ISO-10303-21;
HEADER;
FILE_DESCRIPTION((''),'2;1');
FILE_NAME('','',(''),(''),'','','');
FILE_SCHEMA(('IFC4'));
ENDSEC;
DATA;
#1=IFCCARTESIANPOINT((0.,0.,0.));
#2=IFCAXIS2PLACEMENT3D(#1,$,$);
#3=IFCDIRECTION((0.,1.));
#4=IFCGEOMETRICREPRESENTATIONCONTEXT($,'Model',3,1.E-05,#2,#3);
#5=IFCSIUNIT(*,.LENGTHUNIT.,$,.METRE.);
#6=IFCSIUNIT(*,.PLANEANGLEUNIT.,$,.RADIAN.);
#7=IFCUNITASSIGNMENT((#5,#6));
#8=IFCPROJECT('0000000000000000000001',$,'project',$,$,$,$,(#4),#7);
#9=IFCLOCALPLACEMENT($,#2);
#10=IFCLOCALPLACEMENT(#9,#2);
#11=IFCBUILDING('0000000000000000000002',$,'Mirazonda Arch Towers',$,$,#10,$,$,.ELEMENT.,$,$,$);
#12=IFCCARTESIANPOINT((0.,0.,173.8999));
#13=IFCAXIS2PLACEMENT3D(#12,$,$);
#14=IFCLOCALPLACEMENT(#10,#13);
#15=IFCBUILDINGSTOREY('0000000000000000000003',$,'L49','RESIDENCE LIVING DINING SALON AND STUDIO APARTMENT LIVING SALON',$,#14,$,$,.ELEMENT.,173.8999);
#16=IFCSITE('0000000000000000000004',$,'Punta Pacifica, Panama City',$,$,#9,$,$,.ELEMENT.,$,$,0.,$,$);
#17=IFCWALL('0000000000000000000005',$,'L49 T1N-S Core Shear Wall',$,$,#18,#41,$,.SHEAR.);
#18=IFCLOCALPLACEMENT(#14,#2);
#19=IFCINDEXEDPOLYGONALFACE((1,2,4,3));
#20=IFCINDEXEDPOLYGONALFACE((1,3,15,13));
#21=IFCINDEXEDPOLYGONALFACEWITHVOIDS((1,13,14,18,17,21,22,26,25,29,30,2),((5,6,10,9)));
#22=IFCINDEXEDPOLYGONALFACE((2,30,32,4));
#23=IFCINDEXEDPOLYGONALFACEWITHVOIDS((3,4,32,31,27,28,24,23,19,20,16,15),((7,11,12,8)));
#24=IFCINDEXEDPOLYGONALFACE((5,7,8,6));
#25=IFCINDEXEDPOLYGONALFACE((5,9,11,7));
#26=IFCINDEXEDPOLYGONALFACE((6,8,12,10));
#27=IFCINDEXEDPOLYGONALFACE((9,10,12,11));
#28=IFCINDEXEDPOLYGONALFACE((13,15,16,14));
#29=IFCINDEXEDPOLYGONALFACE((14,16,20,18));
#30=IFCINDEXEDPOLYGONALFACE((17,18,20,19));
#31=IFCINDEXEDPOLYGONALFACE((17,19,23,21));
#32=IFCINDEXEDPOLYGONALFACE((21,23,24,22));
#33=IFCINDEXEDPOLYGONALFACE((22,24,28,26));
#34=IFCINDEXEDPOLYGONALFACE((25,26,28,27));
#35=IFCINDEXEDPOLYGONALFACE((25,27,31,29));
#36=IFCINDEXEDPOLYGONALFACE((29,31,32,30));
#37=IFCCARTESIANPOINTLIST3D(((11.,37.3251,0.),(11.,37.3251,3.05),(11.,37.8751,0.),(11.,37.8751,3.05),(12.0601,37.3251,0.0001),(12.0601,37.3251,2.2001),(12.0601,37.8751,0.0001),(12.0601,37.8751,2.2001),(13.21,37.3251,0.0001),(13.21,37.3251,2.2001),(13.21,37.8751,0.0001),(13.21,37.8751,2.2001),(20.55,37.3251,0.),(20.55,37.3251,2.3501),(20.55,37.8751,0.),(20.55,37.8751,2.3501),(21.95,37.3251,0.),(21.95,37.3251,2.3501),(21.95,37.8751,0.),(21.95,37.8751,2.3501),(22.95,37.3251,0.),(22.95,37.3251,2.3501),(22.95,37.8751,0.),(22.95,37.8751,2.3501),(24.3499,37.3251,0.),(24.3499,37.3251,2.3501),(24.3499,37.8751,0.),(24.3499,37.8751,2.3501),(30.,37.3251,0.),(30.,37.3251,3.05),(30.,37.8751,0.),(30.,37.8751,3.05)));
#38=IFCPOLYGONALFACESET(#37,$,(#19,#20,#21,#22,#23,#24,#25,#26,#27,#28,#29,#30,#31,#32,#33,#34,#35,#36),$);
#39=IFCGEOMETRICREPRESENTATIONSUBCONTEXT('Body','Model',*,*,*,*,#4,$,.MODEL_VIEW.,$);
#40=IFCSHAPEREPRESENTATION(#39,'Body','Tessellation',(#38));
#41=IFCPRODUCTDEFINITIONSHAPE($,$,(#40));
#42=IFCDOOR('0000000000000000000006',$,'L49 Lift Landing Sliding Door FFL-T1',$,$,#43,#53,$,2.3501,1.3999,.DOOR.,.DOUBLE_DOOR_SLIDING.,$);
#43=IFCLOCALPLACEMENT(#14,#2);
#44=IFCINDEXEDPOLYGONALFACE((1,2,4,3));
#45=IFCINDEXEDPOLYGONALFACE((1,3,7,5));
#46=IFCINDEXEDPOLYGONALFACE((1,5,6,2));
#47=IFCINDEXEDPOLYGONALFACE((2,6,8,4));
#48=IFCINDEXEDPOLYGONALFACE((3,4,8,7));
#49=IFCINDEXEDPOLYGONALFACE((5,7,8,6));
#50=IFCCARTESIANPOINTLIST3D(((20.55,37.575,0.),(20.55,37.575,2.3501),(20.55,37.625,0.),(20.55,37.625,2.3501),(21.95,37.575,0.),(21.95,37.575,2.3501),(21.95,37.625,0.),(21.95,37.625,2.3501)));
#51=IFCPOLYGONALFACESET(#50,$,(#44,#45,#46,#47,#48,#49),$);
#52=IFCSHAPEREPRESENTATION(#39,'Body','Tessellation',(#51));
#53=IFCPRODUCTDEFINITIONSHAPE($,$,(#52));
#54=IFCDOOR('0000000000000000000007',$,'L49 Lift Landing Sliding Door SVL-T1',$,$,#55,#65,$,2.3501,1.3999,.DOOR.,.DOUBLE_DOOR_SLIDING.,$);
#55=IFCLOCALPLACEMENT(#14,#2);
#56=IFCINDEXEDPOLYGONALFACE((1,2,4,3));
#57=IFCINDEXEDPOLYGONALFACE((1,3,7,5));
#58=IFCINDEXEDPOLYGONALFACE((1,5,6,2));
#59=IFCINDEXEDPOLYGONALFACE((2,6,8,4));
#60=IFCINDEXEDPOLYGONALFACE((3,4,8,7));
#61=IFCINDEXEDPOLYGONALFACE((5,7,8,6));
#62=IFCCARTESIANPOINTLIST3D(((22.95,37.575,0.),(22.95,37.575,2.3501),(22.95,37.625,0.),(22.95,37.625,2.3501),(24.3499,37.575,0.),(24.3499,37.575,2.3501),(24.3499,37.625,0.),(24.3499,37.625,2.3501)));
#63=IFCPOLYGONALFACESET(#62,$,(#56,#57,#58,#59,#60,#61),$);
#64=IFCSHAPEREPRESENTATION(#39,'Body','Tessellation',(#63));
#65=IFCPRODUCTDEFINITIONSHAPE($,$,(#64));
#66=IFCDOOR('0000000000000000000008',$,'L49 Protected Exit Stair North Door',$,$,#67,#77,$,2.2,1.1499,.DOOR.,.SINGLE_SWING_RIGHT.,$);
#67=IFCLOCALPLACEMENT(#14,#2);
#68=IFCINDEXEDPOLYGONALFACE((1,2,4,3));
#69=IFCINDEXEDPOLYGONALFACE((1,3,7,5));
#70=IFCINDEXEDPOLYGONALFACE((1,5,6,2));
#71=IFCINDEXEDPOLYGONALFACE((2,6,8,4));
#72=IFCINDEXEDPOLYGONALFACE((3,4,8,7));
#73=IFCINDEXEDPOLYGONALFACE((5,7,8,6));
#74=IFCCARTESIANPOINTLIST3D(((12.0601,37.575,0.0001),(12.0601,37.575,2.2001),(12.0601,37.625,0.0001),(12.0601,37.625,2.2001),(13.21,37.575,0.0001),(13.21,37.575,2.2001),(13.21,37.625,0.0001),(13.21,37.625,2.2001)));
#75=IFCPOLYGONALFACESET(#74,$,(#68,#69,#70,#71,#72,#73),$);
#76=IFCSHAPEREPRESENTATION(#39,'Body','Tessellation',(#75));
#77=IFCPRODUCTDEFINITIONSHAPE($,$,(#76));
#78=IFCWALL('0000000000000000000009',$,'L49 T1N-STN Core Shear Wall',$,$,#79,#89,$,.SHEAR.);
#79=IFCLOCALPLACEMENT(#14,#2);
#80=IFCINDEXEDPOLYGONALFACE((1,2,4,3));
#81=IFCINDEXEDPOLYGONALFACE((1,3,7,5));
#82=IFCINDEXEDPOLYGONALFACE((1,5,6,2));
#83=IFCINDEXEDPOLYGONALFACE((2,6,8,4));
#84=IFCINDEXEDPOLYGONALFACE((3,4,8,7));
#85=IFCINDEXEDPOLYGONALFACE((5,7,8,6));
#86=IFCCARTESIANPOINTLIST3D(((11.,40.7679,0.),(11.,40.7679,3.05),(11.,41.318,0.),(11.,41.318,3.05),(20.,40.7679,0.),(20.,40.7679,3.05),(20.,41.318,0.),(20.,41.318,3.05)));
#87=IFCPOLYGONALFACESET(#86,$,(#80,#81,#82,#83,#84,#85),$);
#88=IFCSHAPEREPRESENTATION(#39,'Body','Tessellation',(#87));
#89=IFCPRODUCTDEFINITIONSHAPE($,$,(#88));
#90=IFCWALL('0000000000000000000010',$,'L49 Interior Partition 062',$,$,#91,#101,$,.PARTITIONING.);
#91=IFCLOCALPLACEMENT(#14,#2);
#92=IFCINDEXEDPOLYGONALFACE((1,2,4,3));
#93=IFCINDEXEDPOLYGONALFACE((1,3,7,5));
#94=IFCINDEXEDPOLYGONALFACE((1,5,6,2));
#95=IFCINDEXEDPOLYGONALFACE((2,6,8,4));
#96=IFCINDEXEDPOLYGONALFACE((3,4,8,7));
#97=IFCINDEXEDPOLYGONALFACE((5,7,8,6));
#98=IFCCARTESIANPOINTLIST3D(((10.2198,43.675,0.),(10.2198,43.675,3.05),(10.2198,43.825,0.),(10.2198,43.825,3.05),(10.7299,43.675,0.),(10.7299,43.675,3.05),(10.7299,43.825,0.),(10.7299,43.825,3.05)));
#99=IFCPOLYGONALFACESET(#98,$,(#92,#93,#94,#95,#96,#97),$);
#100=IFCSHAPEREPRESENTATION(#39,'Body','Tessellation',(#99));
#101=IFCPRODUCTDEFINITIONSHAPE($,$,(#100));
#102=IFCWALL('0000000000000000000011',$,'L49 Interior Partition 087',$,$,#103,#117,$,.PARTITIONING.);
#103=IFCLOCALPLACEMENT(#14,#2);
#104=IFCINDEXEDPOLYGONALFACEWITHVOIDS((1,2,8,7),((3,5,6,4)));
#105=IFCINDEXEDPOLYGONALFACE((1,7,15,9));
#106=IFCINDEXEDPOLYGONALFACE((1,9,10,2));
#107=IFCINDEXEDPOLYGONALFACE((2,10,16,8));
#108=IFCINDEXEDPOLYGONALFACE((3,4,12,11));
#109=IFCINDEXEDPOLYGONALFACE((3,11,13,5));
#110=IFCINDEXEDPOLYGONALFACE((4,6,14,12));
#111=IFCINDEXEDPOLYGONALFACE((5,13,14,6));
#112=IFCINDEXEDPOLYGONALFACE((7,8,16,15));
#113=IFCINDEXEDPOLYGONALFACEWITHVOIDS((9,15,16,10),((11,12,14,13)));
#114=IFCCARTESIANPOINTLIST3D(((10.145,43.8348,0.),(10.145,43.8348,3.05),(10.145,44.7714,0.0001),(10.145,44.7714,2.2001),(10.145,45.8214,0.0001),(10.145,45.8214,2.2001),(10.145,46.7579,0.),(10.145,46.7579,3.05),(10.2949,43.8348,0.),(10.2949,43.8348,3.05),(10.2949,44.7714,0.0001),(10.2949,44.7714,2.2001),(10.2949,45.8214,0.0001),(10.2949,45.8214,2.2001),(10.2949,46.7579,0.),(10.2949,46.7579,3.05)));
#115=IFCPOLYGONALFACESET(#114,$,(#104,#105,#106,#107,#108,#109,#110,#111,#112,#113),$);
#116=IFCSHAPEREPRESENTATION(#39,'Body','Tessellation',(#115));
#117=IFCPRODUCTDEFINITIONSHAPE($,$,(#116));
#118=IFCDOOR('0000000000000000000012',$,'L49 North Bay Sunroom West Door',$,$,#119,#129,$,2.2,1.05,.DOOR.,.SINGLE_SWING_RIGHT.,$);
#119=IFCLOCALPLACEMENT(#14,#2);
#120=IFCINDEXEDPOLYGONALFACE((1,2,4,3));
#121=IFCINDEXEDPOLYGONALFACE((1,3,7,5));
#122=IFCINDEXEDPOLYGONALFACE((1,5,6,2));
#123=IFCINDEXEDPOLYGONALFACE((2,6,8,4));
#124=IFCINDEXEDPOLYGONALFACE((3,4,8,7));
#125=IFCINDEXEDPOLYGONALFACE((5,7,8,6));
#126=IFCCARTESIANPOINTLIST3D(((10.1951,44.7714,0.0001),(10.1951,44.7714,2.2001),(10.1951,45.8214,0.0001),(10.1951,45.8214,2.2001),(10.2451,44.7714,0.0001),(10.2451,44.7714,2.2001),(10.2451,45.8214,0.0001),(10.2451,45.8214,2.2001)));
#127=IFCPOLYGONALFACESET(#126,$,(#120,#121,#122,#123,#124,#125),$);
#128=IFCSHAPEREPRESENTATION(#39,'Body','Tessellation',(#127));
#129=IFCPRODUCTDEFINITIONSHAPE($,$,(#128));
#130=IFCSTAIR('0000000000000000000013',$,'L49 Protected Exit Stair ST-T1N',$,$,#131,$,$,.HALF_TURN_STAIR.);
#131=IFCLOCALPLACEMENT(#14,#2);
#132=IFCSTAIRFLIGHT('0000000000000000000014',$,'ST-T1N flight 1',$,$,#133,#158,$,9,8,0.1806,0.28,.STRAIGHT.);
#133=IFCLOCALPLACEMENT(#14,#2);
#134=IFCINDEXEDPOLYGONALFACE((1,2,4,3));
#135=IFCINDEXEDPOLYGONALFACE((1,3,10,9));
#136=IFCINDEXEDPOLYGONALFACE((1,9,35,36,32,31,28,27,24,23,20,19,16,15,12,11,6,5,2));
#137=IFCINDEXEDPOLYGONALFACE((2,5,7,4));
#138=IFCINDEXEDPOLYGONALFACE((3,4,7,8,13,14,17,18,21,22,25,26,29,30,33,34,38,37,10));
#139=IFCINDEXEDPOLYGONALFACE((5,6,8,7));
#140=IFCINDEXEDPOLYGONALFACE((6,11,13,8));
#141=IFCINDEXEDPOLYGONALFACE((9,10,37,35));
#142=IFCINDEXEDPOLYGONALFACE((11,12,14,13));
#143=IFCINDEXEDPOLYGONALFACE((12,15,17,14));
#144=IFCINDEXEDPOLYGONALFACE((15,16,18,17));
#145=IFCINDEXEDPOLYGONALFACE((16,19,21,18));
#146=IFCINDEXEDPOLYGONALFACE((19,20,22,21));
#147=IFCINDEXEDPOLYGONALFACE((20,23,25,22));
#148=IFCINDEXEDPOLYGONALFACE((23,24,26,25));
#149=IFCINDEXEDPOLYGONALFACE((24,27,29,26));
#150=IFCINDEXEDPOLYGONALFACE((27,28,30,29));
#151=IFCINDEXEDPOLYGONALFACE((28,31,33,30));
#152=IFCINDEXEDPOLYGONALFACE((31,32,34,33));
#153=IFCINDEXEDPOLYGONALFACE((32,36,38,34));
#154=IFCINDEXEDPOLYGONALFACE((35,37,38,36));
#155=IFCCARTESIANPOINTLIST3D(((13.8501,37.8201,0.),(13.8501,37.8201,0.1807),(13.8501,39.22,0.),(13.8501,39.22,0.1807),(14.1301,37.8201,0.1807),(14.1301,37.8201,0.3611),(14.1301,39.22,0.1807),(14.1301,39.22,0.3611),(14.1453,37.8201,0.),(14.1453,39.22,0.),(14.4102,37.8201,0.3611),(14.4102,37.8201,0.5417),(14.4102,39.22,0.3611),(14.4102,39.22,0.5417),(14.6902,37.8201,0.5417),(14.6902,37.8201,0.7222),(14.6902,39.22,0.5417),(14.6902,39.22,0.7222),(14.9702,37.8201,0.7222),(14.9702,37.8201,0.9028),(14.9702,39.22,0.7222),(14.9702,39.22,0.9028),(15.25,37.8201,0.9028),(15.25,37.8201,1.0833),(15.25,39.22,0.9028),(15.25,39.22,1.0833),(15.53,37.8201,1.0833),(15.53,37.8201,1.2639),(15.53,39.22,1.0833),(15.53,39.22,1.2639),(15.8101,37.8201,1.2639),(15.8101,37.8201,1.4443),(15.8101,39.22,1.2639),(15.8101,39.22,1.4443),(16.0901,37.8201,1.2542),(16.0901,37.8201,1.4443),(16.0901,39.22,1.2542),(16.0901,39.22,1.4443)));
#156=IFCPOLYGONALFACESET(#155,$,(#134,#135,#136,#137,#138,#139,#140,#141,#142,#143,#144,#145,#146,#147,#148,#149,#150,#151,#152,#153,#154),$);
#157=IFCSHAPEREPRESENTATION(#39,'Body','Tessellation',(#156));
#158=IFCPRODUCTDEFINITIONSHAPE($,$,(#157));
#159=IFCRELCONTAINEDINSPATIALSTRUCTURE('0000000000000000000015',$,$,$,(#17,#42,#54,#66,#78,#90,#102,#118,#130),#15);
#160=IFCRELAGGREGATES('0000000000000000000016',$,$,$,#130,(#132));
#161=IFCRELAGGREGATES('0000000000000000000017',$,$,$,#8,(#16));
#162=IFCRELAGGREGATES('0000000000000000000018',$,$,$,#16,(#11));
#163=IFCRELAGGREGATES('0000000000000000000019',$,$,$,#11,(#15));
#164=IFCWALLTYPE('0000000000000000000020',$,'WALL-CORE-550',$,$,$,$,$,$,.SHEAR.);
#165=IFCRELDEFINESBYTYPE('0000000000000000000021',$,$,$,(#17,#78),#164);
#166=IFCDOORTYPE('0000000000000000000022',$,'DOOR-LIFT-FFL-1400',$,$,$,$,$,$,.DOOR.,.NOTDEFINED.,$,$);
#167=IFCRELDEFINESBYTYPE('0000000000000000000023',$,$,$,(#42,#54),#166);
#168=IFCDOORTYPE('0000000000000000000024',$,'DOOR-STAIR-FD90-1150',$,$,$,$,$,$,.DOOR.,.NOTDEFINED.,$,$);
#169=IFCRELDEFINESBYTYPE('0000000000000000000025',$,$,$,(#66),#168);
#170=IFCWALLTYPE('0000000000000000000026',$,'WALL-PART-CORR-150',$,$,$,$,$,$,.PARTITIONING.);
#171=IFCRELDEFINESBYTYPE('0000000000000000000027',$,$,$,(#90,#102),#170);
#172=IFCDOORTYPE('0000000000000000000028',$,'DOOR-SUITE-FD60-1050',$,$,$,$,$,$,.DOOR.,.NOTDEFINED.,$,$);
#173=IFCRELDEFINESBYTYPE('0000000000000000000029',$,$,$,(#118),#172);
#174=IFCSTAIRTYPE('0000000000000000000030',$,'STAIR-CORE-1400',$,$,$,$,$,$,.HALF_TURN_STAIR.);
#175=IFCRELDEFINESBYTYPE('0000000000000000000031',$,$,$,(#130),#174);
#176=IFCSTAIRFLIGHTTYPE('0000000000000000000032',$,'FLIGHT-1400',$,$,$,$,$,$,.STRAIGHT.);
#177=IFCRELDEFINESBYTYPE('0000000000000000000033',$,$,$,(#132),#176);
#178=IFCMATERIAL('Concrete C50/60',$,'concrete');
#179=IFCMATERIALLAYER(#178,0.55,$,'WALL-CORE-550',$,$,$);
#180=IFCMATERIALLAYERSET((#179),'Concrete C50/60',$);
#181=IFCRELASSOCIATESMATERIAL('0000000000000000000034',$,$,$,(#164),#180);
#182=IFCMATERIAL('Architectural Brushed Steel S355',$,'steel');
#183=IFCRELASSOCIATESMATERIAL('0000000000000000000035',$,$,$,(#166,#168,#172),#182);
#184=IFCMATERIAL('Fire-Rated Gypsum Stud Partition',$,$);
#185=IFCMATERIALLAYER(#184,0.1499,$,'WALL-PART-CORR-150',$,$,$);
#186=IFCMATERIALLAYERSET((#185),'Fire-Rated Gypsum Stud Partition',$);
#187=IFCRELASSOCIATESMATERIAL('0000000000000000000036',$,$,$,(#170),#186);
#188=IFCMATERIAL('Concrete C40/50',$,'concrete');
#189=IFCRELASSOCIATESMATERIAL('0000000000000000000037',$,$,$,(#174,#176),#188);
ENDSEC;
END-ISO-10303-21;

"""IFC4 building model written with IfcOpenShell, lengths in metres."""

from ifc_helpers import new_model, si_unit, direction, frame, frame_2d, origin, place, context, subcontext, project, spatial, polyline, rectangle, outline, extrude, material, layer, layer_set, type_object, element, fill, aggregate, save


model = new_model("IFC4")

# Units and contexts
model_context = context("Model", 3, precision=1e-05, world=origin(), true_north=direction((0.0, 1.0)))
body_context = subcontext(model_context, "Body", "Model", "MODEL_VIEW")
ifc_project = project(units=[si_unit("LENGTHUNIT", "METRE"), si_unit("PLANEANGLEUNIT", "RADIAN")], contexts=[model_context])

# Site, building, storey
site_placement = place(None, origin())
site = spatial("IfcSite", under=ifc_project, at=site_placement, Name="Punta Pacifica, Panama City", CompositionType="ELEMENT", RefElevation=0.0)
building_placement = place(site_placement, origin())
building = spatial("IfcBuilding", under=site, at=building_placement, Name="Mirazonda Arch Towers", CompositionType="ELEMENT")
storey_placement = place(building_placement, frame((0.0, 0.0, 173.8999)))
storey = spatial("IfcBuildingStorey", under=building, at=storey_placement, Name="L49", Description="RESIDENCE LIVING DINING SALON AND STUDIO APARTMENT LIVING SALON", CompositionType="ELEMENT", Elevation=173.8999)

# Shared definitions
ifc_material_1 = material(Name="Concrete C50/60", Category="concrete")

# Shared definitions
ifc_layer_1 = layer(ifc_material_1, 0.55, Name="WALL-CORE-550")
ifc_layer_set_1 = layer_set([ifc_layer_1], Name="Concrete C50/60")
wall_type_1 = type_object("IfcWallType", Name="WALL-CORE-550", PredefinedType="SHEAR", material=ifc_layer_set_1)

# Wall, openings, doors
wall_1_placement = place(storey_placement, frame((11.0, 37.6001, 0.0), z_axis=(0.0, 0.0, 1.0), x_axis=(1.0, 0.0, 0.0)))
wall_1 = element("IfcWall", 1, at=wall_1_placement, inside=storey, type_object=wall_type_1, Name="L49 T1N-S Core Shear Wall", PredefinedType="SHEAR", context=body_context, shape_type="SweptSolid", body=[
    extrude(rectangle(XDim=19.0, YDim=0.55, at=frame_2d((9.5, 0.0))), origin(), (0.0, 0.0, 1.0), 3.05),
])
opening_1_placement = place(wall_1_placement, frame((1.0601, 0.0, 0.0)))
opening_1 = element("IfcOpeningElement", 2, at=opening_1_placement, cuts=wall_1, PredefinedType="OPENING", context=body_context, shape_type="SweptSolid", body=[
    extrude(rectangle(XDim=1.1499, YDim=2.2, at=frame_2d((0.575, 1.1001))), frame((0.0, 0.2849, 0.0), z_axis=(0.0, -1.0, 0.0), x_axis=(1.0, 0.0, 0.0)), (0.0, 0.0, 1.0), 0.5701),
])
opening_2_placement = place(wall_1_placement, frame((9.55, 0.0, 0.0)))
opening_2 = element("IfcOpeningElement", 3, at=opening_2_placement, cuts=wall_1, PredefinedType="OPENING", context=body_context, shape_type="SweptSolid", body=[
    extrude(rectangle(XDim=1.3999, YDim=2.3501, at=frame_2d((0.7, 1.175))), frame((0.0, 0.2849, 0.0), z_axis=(0.0, -1.0, 0.0), x_axis=(1.0, 0.0, 0.0)), (0.0, 0.0, 1.0), 0.5701),
])
opening_3_placement = place(wall_1_placement, frame((11.95, 0.0, 0.0)))
opening_3 = element("IfcOpeningElement", 4, at=opening_3_placement, cuts=wall_1, PredefinedType="OPENING", context=body_context, shape_type="SweptSolid", body=[
    extrude(rectangle(XDim=1.3999, YDim=2.3501, at=frame_2d((0.7, 1.175))), frame((0.0, 0.2849, 0.0), z_axis=(0.0, -1.0, 0.0), x_axis=(1.0, 0.0, 0.0)), (0.0, 0.0, 1.0), 0.5701),
])
ifc_material_2 = material(Name="Architectural Brushed Steel S355", Category="steel")
door_type_1 = type_object("IfcDoorType", Name="DOOR-LIFT-FFL-1400", OperationType="NOTDEFINED", PredefinedType="DOOR", material=ifc_material_2)
door_1_placement = place(opening_2_placement, origin())
door_1 = element("IfcDoor", 5, at=door_1_placement, inside=storey, type_object=door_type_1, Name="L49 Lift Landing Sliding Door FFL-T1", OperationType="DOUBLE_DOOR_SLIDING", OverallHeight=2.3501, OverallWidth=1.3999, PredefinedType="DOOR", context=body_context, shape_type="SweptSolid", body=[
    extrude(rectangle(XDim=1.3999, YDim=2.3501, at=frame_2d((0.7, 1.175))), frame((0.0, 0.0249, 0.0), z_axis=(0.0, -1.0, 0.0), x_axis=(1.0, 0.0, 0.0)), (0.0, 0.0, 1.0), 0.05),
])
fill(opening_2, door_1)
door_2_placement = place(opening_3_placement, origin())
door_2 = element("IfcDoor", 6, at=door_2_placement, inside=storey, type_object=door_type_1, Name="L49 Lift Landing Sliding Door SVL-T1", OperationType="DOUBLE_DOOR_SLIDING", OverallHeight=2.3501, OverallWidth=1.3999, PredefinedType="DOOR", context=body_context, shape_type="SweptSolid", body=[
    extrude(rectangle(XDim=1.3999, YDim=2.3501, at=frame_2d((0.7, 1.175))), frame((0.0, 0.0249, 0.0), z_axis=(0.0, -1.0, 0.0), x_axis=(1.0, 0.0, 0.0)), (0.0, 0.0, 1.0), 0.05),
])
fill(opening_3, door_2)
door_type_2 = type_object("IfcDoorType", Name="DOOR-STAIR-FD90-1150", OperationType="NOTDEFINED", PredefinedType="DOOR", material=ifc_material_2)
door_3_placement = place(opening_1_placement, origin())
door_3 = element("IfcDoor", 7, at=door_3_placement, inside=storey, type_object=door_type_2, Name="L49 Protected Exit Stair North Door", OperationType="SINGLE_SWING_RIGHT", OverallHeight=2.2, OverallWidth=1.1499, PredefinedType="DOOR", context=body_context, shape_type="SweptSolid", body=[
    extrude(rectangle(XDim=1.1499, YDim=2.2, at=frame_2d((0.575, 1.1001))), frame((0.0, 0.0249, 0.0), z_axis=(0.0, -1.0, 0.0), x_axis=(1.0, 0.0, 0.0)), (0.0, 0.0, 1.0), 0.05),
])
fill(opening_1, door_3)

# Walls
wall_2_placement = place(storey_placement, frame((11.0, 41.043, 0.0), z_axis=(0.0, 0.0, 1.0), x_axis=(1.0, 0.0, 0.0)))
element("IfcWall", 8, at=wall_2_placement, inside=storey, type_object=wall_type_1, Name="L49 T1N-STN Core Shear Wall", PredefinedType="SHEAR", context=body_context, shape_type="SweptSolid", body=[
    extrude(rectangle(XDim=9.0, YDim=0.55, at=frame_2d((4.5, 0.0))), origin(), (0.0, 0.0, 1.0), 3.05),
])
ifc_material_3 = material(Name="Fire-Rated Gypsum Stud Partition")
ifc_layer_2 = layer(ifc_material_3, 0.1499, Name="WALL-PART-CORR-150")
ifc_layer_set_2 = layer_set([ifc_layer_2], Name="Fire-Rated Gypsum Stud Partition")
wall_type_2 = type_object("IfcWallType", Name="WALL-PART-CORR-150", PredefinedType="PARTITIONING", material=ifc_layer_set_2)
wall_3_placement = place(storey_placement, frame((10.22, 43.75, 0.0), z_axis=(0.0, 0.0, 1.0), x_axis=(1.0, 0.0, 0.0)))
element("IfcWall", 9, at=wall_3_placement, inside=storey, type_object=wall_type_2, Name="L49 Interior Partition 062", PredefinedType="PARTITIONING", context=body_context, shape_type="SweptSolid", body=[
    extrude(rectangle(XDim=0.51, YDim=0.1499, at=frame_2d((0.2549, 0.0))), origin(), (0.0, 0.0, 1.0), 3.05),
])

# Wall, opening, door
wall_4_placement = place(storey_placement, frame((10.22, 43.835, 0.0), z_axis=(0.0, 0.0, 1.0), x_axis=(0.0, 1.0, 0.0)))
wall_4 = element("IfcWall", 10, at=wall_4_placement, inside=storey, type_object=wall_type_2, Name="L49 Interior Partition 087", PredefinedType="PARTITIONING", context=body_context, shape_type="SweptSolid", body=[
    extrude(rectangle(XDim=2.9231, YDim=0.1499, at=frame_2d((1.4614, 0.0))), origin(), (0.0, 0.0, 1.0), 3.05),
])
opening_4_placement = place(wall_4_placement, frame((0.9365, 0.0, 0.0)))
opening_4 = element("IfcOpeningElement", 11, at=opening_4_placement, cuts=wall_4, PredefinedType="OPENING", context=body_context, shape_type="SweptSolid", body=[
    extrude(rectangle(XDim=1.05, YDim=2.2, at=frame_2d((0.5249, 1.1001))), frame((0.0, 0.085, 0.0), z_axis=(0.0, -1.0, 0.0), x_axis=(1.0, 0.0, 0.0)), (0.0, 0.0, 1.0), 0.1699),
])
door_type_3 = type_object("IfcDoorType", Name="DOOR-SUITE-FD60-1050", OperationType="NOTDEFINED", PredefinedType="DOOR", material=ifc_material_2)
door_4_placement = place(opening_4_placement, origin())
door_4 = element("IfcDoor", 12, at=door_4_placement, inside=storey, type_object=door_type_3, Name="L49 North Bay Sunroom West Door", OperationType="SINGLE_SWING_RIGHT", OverallHeight=2.2, OverallWidth=1.05, PredefinedType="DOOR", context=body_context, shape_type="SweptSolid", body=[
    extrude(rectangle(XDim=1.05, YDim=2.2, at=frame_2d((0.5249, 1.1001))), frame((0.0, 0.0249, 0.0), z_axis=(0.0, -1.0, 0.0), x_axis=(1.0, 0.0, 0.0)), (0.0, 0.0, 1.0), 0.05),
])
fill(opening_4, door_4)

# Stair, stair flight
ifc_material_4 = material(Name="Concrete C40/50", Category="concrete")
stair_type = type_object("IfcStairType", Name="STAIR-CORE-1400", PredefinedType="HALF_TURN_STAIR", material=ifc_material_4)
stair_placement = place(storey_placement, origin())
stair = element("IfcStair", 13, at=stair_placement, inside=storey, type_object=stair_type, Name="L49 Protected Exit Stair ST-T1N", PredefinedType="HALF_TURN_STAIR")
stair_flight_type = type_object("IfcStairFlightType", Name="FLIGHT-1400", PredefinedType="STRAIGHT", material=ifc_material_4)
stair_flight_placement = place(storey_placement, frame((13.8501, 38.52, 0.0), z_axis=(0.0, 0.0, 1.0), x_axis=(1.0, 0.0, 0.0)))
stair_flight = element("IfcStairFlight", 14, at=stair_flight_placement, type_object=stair_flight_type, Name="ST-T1N flight 1", NumberOfRisers=9, NumberOfTreads=8, PredefinedType="STRAIGHT", RiserHeight=0.1806, TreadLength=0.28, context=body_context, shape_type="SweptSolid", body=[
    extrude(outline(polyline([(0.0, 0.0), (0.0, 0.1807), (0.28, 0.1807), (0.28, 0.3611), (0.5601, 0.3611), (0.5601, 0.5417), (0.8401, 0.5417), (0.8401, 0.7222), (1.1201, 0.7222), (1.1201, 0.9028), (1.3999, 0.9028), (1.3999, 1.0833), (1.6799, 1.0833), (1.6799, 1.2639), (1.96, 1.2639), (1.96, 1.4443), (2.24, 1.4443), (2.24, 1.625), (2.24, 1.2542), (0.2952, 0.0), (0.0, 0.0)])), frame((0.0, 0.7, 0.0), z_axis=(0.0, -1.0, 0.0), x_axis=(1.0, 0.0, 0.0)), (0.0, 0.0, 1.0), 1.3999),
])
aggregate(stair, [stair_flight])

save(model, "model.ifc")
